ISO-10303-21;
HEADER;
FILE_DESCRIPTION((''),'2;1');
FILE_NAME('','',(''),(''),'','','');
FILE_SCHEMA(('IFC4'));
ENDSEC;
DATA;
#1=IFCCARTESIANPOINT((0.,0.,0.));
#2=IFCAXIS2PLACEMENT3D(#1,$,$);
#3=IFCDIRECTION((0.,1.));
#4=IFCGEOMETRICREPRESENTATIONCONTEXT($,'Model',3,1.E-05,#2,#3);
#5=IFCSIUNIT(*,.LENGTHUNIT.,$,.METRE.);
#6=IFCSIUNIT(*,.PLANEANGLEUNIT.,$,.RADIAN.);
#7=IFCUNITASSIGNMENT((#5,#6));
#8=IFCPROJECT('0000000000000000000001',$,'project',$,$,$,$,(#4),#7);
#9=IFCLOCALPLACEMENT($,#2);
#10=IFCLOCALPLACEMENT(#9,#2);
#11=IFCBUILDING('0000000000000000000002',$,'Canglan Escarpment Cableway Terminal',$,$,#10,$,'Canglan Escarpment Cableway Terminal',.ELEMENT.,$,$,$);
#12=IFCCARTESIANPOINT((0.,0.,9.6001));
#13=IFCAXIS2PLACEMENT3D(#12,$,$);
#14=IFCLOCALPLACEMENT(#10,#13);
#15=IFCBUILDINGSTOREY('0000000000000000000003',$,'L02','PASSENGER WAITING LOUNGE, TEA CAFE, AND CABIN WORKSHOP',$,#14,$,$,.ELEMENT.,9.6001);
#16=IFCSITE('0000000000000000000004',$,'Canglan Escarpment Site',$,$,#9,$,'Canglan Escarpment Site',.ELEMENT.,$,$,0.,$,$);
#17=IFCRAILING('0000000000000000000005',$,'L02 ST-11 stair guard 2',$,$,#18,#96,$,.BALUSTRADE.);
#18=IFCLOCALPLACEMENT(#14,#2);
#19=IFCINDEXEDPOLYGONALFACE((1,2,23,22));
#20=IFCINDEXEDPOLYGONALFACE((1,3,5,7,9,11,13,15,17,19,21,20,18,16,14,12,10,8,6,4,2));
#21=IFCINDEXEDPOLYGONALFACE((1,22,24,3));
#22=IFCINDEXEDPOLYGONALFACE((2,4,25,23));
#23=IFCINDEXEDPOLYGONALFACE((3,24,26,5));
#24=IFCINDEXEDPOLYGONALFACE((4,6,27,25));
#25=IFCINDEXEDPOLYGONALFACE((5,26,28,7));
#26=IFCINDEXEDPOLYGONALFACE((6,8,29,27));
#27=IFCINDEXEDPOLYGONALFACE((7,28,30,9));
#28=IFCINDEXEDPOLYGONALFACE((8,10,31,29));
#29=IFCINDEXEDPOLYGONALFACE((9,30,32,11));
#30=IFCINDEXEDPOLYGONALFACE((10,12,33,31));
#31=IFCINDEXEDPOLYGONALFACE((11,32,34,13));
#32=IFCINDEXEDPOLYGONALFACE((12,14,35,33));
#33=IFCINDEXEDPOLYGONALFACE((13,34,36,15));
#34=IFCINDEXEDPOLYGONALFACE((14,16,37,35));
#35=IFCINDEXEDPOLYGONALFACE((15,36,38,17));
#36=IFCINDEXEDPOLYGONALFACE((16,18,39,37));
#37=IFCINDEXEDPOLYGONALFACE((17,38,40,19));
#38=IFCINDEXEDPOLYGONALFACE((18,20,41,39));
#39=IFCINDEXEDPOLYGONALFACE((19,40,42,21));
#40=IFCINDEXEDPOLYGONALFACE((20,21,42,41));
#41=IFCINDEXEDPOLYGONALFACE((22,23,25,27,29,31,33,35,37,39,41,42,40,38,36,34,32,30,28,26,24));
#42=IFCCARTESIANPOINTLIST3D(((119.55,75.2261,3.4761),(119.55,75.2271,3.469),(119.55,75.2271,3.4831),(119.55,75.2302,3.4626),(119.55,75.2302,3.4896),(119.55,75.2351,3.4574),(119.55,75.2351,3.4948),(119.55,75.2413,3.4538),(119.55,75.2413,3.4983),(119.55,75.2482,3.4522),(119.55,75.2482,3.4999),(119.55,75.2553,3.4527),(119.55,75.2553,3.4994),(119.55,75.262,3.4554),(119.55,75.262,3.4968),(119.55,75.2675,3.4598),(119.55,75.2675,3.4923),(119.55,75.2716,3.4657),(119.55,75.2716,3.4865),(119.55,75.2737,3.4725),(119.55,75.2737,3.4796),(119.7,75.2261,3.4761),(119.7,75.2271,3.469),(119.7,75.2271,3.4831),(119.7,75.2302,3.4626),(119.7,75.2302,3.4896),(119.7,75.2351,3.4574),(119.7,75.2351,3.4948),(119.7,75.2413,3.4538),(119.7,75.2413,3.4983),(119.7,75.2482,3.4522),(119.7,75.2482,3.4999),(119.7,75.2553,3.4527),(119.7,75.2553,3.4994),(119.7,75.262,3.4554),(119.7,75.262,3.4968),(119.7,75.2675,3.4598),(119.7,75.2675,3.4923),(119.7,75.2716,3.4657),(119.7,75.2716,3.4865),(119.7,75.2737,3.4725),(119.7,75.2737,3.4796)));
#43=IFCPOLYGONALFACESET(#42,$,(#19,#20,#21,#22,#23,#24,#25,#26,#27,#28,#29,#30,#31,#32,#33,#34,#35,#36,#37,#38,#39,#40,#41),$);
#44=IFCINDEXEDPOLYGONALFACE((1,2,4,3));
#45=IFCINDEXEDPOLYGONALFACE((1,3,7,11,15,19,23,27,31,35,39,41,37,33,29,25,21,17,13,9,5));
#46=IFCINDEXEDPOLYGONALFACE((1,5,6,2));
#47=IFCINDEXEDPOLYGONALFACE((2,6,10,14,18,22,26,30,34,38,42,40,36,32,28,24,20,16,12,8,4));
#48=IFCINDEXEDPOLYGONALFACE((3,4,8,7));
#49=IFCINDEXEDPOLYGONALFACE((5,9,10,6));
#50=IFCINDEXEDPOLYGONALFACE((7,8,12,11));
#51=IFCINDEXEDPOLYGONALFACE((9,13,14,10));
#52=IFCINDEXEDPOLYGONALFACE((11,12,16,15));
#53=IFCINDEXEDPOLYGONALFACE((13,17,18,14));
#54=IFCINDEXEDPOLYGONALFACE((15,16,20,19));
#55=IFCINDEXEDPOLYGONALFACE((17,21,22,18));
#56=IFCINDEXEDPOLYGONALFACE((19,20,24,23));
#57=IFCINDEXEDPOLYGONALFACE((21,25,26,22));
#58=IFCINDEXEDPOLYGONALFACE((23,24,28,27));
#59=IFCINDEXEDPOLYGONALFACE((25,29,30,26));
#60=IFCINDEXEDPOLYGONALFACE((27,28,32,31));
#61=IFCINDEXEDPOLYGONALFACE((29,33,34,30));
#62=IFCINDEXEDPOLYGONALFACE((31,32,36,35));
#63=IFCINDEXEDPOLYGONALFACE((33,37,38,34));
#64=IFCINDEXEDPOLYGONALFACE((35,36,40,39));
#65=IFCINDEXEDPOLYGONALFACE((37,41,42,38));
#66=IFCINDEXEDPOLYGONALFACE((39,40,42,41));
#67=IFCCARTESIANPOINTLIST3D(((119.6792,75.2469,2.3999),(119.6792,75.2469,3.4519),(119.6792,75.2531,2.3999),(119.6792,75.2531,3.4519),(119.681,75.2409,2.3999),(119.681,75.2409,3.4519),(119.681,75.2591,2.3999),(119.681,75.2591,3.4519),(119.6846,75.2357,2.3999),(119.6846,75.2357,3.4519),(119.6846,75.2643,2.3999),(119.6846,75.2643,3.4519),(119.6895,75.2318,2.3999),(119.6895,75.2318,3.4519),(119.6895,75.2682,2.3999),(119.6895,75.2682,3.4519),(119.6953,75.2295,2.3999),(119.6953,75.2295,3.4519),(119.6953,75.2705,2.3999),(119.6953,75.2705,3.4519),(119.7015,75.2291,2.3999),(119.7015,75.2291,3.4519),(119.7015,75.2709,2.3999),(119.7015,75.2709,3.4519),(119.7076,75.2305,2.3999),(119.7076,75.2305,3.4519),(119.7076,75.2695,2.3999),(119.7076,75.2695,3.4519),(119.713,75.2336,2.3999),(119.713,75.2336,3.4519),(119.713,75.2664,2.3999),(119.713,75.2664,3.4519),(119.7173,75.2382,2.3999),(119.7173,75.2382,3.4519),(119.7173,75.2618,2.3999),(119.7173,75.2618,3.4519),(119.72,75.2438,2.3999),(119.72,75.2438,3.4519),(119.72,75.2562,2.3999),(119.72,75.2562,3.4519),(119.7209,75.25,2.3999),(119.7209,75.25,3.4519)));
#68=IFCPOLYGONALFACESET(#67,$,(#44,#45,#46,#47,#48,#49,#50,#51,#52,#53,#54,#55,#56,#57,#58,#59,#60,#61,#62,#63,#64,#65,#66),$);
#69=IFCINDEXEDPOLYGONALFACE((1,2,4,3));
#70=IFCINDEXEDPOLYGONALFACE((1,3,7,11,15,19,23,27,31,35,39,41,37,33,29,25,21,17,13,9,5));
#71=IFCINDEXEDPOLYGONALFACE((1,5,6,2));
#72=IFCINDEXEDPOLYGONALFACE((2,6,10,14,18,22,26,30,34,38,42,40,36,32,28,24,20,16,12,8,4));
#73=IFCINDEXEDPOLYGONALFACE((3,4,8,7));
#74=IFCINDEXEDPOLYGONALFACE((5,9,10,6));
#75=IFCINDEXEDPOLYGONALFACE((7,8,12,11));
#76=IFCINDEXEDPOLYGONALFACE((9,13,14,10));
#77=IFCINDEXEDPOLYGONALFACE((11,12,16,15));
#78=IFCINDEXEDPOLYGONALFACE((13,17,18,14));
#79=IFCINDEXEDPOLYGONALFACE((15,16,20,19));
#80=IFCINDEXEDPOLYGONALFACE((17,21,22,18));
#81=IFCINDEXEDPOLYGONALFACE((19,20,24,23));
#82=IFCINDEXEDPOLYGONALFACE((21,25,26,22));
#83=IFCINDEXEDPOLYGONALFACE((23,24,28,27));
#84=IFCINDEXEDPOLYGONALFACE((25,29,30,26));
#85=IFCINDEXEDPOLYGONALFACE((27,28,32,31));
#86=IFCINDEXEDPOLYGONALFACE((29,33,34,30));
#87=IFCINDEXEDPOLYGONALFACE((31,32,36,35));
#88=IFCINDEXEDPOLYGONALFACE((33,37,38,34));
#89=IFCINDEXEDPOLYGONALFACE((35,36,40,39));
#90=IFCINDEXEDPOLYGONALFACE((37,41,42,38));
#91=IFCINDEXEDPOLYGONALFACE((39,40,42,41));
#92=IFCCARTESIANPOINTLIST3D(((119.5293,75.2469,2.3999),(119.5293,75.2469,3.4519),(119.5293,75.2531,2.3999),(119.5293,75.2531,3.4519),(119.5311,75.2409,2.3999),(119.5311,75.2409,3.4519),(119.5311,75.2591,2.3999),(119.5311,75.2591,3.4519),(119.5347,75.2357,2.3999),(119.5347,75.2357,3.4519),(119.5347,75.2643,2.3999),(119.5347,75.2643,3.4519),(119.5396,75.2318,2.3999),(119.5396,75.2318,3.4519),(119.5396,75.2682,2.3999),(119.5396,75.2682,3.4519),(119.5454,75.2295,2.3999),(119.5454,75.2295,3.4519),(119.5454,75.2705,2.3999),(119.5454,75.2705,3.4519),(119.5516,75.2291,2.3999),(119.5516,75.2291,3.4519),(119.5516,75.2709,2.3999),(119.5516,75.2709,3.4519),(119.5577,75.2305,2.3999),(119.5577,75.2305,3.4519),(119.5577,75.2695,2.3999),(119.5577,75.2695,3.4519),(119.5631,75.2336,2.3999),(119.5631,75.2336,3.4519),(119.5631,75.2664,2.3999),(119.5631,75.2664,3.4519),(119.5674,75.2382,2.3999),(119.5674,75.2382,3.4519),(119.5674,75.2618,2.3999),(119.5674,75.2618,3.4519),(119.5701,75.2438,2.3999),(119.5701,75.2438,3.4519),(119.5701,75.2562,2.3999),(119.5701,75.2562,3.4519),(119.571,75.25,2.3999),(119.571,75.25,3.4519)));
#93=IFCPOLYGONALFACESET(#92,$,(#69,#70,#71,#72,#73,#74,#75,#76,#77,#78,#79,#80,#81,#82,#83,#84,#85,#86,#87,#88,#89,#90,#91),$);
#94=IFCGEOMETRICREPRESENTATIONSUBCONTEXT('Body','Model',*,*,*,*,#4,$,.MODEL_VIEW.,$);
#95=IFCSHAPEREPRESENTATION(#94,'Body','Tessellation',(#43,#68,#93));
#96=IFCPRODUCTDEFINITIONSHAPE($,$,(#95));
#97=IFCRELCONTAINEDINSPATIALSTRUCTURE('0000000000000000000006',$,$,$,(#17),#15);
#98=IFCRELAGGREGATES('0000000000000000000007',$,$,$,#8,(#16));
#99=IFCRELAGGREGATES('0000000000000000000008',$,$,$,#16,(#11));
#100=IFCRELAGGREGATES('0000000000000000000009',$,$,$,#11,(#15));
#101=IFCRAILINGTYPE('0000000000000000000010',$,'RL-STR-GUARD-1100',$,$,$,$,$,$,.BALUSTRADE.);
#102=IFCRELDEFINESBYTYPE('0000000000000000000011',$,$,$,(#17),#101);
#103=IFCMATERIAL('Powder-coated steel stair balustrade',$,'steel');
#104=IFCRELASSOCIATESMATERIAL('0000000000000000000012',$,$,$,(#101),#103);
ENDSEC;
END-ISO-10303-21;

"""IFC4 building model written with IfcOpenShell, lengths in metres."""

from ifc_helpers import new_model, si_unit, direction, frame, origin, origin_2d, place, context, subcontext, project, spatial, circle, extrude, material, type_object, element, save


model = new_model("IFC4")

# Units and contexts
model_context = context("Model", 3, precision=1e-05, world=origin(), true_north=direction((0.0, 1.0)))
body_context = subcontext(model_context, "Body", "Model", "MODEL_VIEW")
ifc_project = project(units=[si_unit("LENGTHUNIT", "METRE"), si_unit("PLANEANGLEUNIT", "RADIAN")], contexts=[model_context])

# Site, building, storey
site_placement = place(None, origin())
site = spatial("IfcSite", under=ifc_project, at=site_placement, Name="Canglan Escarpment Site", LongName="Canglan Escarpment Site", CompositionType="ELEMENT", RefElevation=0.0)
building_placement = place(site_placement, origin())
building = spatial("IfcBuilding", under=site, at=building_placement, Name="Canglan Escarpment Cableway Terminal", LongName="Canglan Escarpment Cableway Terminal", CompositionType="ELEMENT")
storey_placement = place(building_placement, frame((0.0, 0.0, 9.6001)))
storey = spatial("IfcBuildingStorey", under=building, at=storey_placement, Name="L02", Description="PASSENGER WAITING LOUNGE, TEA CAFE, AND CABIN WORKSHOP", CompositionType="ELEMENT", Elevation=9.6001)

# Railing
ifc_material_1 = material(Name="Powder-coated steel stair balustrade", Category="steel")
railing_type_1 = type_object("IfcRailingType", Name="RL-STR-GUARD-1100", PredefinedType="BALUSTRADE", material=ifc_material_1)
railing_1_placement = place(storey_placement, frame((119.7, 75.25, 2.3999)))
element("IfcRailing", 1, at=railing_1_placement, inside=storey, type_object=railing_type_1, Name="L02 ST-11 stair guard 2", PredefinedType="BALUSTRADE", context=body_context, shape_type="SweptSolid", body=[
    extrude(circle(Radius=0.0239, at=origin_2d()), frame((0.0, 0.0, 1.0762), z_axis=(-1.0, 0.0, 0.0), x_axis=(0.0, -1.0, 0.0)), (0.0, 0.0, 1.0), 0.1499),
    extrude(circle(Radius=0.021, at=origin_2d()), origin(), (0.0, 0.0, 1.0), 1.052),
    extrude(circle(Radius=0.021, at=origin_2d()), frame((-0.1499, 0.0, 0.0)), (0.0, 0.0, 1.0), 1.052),
])

save(model, "model.ifc")
